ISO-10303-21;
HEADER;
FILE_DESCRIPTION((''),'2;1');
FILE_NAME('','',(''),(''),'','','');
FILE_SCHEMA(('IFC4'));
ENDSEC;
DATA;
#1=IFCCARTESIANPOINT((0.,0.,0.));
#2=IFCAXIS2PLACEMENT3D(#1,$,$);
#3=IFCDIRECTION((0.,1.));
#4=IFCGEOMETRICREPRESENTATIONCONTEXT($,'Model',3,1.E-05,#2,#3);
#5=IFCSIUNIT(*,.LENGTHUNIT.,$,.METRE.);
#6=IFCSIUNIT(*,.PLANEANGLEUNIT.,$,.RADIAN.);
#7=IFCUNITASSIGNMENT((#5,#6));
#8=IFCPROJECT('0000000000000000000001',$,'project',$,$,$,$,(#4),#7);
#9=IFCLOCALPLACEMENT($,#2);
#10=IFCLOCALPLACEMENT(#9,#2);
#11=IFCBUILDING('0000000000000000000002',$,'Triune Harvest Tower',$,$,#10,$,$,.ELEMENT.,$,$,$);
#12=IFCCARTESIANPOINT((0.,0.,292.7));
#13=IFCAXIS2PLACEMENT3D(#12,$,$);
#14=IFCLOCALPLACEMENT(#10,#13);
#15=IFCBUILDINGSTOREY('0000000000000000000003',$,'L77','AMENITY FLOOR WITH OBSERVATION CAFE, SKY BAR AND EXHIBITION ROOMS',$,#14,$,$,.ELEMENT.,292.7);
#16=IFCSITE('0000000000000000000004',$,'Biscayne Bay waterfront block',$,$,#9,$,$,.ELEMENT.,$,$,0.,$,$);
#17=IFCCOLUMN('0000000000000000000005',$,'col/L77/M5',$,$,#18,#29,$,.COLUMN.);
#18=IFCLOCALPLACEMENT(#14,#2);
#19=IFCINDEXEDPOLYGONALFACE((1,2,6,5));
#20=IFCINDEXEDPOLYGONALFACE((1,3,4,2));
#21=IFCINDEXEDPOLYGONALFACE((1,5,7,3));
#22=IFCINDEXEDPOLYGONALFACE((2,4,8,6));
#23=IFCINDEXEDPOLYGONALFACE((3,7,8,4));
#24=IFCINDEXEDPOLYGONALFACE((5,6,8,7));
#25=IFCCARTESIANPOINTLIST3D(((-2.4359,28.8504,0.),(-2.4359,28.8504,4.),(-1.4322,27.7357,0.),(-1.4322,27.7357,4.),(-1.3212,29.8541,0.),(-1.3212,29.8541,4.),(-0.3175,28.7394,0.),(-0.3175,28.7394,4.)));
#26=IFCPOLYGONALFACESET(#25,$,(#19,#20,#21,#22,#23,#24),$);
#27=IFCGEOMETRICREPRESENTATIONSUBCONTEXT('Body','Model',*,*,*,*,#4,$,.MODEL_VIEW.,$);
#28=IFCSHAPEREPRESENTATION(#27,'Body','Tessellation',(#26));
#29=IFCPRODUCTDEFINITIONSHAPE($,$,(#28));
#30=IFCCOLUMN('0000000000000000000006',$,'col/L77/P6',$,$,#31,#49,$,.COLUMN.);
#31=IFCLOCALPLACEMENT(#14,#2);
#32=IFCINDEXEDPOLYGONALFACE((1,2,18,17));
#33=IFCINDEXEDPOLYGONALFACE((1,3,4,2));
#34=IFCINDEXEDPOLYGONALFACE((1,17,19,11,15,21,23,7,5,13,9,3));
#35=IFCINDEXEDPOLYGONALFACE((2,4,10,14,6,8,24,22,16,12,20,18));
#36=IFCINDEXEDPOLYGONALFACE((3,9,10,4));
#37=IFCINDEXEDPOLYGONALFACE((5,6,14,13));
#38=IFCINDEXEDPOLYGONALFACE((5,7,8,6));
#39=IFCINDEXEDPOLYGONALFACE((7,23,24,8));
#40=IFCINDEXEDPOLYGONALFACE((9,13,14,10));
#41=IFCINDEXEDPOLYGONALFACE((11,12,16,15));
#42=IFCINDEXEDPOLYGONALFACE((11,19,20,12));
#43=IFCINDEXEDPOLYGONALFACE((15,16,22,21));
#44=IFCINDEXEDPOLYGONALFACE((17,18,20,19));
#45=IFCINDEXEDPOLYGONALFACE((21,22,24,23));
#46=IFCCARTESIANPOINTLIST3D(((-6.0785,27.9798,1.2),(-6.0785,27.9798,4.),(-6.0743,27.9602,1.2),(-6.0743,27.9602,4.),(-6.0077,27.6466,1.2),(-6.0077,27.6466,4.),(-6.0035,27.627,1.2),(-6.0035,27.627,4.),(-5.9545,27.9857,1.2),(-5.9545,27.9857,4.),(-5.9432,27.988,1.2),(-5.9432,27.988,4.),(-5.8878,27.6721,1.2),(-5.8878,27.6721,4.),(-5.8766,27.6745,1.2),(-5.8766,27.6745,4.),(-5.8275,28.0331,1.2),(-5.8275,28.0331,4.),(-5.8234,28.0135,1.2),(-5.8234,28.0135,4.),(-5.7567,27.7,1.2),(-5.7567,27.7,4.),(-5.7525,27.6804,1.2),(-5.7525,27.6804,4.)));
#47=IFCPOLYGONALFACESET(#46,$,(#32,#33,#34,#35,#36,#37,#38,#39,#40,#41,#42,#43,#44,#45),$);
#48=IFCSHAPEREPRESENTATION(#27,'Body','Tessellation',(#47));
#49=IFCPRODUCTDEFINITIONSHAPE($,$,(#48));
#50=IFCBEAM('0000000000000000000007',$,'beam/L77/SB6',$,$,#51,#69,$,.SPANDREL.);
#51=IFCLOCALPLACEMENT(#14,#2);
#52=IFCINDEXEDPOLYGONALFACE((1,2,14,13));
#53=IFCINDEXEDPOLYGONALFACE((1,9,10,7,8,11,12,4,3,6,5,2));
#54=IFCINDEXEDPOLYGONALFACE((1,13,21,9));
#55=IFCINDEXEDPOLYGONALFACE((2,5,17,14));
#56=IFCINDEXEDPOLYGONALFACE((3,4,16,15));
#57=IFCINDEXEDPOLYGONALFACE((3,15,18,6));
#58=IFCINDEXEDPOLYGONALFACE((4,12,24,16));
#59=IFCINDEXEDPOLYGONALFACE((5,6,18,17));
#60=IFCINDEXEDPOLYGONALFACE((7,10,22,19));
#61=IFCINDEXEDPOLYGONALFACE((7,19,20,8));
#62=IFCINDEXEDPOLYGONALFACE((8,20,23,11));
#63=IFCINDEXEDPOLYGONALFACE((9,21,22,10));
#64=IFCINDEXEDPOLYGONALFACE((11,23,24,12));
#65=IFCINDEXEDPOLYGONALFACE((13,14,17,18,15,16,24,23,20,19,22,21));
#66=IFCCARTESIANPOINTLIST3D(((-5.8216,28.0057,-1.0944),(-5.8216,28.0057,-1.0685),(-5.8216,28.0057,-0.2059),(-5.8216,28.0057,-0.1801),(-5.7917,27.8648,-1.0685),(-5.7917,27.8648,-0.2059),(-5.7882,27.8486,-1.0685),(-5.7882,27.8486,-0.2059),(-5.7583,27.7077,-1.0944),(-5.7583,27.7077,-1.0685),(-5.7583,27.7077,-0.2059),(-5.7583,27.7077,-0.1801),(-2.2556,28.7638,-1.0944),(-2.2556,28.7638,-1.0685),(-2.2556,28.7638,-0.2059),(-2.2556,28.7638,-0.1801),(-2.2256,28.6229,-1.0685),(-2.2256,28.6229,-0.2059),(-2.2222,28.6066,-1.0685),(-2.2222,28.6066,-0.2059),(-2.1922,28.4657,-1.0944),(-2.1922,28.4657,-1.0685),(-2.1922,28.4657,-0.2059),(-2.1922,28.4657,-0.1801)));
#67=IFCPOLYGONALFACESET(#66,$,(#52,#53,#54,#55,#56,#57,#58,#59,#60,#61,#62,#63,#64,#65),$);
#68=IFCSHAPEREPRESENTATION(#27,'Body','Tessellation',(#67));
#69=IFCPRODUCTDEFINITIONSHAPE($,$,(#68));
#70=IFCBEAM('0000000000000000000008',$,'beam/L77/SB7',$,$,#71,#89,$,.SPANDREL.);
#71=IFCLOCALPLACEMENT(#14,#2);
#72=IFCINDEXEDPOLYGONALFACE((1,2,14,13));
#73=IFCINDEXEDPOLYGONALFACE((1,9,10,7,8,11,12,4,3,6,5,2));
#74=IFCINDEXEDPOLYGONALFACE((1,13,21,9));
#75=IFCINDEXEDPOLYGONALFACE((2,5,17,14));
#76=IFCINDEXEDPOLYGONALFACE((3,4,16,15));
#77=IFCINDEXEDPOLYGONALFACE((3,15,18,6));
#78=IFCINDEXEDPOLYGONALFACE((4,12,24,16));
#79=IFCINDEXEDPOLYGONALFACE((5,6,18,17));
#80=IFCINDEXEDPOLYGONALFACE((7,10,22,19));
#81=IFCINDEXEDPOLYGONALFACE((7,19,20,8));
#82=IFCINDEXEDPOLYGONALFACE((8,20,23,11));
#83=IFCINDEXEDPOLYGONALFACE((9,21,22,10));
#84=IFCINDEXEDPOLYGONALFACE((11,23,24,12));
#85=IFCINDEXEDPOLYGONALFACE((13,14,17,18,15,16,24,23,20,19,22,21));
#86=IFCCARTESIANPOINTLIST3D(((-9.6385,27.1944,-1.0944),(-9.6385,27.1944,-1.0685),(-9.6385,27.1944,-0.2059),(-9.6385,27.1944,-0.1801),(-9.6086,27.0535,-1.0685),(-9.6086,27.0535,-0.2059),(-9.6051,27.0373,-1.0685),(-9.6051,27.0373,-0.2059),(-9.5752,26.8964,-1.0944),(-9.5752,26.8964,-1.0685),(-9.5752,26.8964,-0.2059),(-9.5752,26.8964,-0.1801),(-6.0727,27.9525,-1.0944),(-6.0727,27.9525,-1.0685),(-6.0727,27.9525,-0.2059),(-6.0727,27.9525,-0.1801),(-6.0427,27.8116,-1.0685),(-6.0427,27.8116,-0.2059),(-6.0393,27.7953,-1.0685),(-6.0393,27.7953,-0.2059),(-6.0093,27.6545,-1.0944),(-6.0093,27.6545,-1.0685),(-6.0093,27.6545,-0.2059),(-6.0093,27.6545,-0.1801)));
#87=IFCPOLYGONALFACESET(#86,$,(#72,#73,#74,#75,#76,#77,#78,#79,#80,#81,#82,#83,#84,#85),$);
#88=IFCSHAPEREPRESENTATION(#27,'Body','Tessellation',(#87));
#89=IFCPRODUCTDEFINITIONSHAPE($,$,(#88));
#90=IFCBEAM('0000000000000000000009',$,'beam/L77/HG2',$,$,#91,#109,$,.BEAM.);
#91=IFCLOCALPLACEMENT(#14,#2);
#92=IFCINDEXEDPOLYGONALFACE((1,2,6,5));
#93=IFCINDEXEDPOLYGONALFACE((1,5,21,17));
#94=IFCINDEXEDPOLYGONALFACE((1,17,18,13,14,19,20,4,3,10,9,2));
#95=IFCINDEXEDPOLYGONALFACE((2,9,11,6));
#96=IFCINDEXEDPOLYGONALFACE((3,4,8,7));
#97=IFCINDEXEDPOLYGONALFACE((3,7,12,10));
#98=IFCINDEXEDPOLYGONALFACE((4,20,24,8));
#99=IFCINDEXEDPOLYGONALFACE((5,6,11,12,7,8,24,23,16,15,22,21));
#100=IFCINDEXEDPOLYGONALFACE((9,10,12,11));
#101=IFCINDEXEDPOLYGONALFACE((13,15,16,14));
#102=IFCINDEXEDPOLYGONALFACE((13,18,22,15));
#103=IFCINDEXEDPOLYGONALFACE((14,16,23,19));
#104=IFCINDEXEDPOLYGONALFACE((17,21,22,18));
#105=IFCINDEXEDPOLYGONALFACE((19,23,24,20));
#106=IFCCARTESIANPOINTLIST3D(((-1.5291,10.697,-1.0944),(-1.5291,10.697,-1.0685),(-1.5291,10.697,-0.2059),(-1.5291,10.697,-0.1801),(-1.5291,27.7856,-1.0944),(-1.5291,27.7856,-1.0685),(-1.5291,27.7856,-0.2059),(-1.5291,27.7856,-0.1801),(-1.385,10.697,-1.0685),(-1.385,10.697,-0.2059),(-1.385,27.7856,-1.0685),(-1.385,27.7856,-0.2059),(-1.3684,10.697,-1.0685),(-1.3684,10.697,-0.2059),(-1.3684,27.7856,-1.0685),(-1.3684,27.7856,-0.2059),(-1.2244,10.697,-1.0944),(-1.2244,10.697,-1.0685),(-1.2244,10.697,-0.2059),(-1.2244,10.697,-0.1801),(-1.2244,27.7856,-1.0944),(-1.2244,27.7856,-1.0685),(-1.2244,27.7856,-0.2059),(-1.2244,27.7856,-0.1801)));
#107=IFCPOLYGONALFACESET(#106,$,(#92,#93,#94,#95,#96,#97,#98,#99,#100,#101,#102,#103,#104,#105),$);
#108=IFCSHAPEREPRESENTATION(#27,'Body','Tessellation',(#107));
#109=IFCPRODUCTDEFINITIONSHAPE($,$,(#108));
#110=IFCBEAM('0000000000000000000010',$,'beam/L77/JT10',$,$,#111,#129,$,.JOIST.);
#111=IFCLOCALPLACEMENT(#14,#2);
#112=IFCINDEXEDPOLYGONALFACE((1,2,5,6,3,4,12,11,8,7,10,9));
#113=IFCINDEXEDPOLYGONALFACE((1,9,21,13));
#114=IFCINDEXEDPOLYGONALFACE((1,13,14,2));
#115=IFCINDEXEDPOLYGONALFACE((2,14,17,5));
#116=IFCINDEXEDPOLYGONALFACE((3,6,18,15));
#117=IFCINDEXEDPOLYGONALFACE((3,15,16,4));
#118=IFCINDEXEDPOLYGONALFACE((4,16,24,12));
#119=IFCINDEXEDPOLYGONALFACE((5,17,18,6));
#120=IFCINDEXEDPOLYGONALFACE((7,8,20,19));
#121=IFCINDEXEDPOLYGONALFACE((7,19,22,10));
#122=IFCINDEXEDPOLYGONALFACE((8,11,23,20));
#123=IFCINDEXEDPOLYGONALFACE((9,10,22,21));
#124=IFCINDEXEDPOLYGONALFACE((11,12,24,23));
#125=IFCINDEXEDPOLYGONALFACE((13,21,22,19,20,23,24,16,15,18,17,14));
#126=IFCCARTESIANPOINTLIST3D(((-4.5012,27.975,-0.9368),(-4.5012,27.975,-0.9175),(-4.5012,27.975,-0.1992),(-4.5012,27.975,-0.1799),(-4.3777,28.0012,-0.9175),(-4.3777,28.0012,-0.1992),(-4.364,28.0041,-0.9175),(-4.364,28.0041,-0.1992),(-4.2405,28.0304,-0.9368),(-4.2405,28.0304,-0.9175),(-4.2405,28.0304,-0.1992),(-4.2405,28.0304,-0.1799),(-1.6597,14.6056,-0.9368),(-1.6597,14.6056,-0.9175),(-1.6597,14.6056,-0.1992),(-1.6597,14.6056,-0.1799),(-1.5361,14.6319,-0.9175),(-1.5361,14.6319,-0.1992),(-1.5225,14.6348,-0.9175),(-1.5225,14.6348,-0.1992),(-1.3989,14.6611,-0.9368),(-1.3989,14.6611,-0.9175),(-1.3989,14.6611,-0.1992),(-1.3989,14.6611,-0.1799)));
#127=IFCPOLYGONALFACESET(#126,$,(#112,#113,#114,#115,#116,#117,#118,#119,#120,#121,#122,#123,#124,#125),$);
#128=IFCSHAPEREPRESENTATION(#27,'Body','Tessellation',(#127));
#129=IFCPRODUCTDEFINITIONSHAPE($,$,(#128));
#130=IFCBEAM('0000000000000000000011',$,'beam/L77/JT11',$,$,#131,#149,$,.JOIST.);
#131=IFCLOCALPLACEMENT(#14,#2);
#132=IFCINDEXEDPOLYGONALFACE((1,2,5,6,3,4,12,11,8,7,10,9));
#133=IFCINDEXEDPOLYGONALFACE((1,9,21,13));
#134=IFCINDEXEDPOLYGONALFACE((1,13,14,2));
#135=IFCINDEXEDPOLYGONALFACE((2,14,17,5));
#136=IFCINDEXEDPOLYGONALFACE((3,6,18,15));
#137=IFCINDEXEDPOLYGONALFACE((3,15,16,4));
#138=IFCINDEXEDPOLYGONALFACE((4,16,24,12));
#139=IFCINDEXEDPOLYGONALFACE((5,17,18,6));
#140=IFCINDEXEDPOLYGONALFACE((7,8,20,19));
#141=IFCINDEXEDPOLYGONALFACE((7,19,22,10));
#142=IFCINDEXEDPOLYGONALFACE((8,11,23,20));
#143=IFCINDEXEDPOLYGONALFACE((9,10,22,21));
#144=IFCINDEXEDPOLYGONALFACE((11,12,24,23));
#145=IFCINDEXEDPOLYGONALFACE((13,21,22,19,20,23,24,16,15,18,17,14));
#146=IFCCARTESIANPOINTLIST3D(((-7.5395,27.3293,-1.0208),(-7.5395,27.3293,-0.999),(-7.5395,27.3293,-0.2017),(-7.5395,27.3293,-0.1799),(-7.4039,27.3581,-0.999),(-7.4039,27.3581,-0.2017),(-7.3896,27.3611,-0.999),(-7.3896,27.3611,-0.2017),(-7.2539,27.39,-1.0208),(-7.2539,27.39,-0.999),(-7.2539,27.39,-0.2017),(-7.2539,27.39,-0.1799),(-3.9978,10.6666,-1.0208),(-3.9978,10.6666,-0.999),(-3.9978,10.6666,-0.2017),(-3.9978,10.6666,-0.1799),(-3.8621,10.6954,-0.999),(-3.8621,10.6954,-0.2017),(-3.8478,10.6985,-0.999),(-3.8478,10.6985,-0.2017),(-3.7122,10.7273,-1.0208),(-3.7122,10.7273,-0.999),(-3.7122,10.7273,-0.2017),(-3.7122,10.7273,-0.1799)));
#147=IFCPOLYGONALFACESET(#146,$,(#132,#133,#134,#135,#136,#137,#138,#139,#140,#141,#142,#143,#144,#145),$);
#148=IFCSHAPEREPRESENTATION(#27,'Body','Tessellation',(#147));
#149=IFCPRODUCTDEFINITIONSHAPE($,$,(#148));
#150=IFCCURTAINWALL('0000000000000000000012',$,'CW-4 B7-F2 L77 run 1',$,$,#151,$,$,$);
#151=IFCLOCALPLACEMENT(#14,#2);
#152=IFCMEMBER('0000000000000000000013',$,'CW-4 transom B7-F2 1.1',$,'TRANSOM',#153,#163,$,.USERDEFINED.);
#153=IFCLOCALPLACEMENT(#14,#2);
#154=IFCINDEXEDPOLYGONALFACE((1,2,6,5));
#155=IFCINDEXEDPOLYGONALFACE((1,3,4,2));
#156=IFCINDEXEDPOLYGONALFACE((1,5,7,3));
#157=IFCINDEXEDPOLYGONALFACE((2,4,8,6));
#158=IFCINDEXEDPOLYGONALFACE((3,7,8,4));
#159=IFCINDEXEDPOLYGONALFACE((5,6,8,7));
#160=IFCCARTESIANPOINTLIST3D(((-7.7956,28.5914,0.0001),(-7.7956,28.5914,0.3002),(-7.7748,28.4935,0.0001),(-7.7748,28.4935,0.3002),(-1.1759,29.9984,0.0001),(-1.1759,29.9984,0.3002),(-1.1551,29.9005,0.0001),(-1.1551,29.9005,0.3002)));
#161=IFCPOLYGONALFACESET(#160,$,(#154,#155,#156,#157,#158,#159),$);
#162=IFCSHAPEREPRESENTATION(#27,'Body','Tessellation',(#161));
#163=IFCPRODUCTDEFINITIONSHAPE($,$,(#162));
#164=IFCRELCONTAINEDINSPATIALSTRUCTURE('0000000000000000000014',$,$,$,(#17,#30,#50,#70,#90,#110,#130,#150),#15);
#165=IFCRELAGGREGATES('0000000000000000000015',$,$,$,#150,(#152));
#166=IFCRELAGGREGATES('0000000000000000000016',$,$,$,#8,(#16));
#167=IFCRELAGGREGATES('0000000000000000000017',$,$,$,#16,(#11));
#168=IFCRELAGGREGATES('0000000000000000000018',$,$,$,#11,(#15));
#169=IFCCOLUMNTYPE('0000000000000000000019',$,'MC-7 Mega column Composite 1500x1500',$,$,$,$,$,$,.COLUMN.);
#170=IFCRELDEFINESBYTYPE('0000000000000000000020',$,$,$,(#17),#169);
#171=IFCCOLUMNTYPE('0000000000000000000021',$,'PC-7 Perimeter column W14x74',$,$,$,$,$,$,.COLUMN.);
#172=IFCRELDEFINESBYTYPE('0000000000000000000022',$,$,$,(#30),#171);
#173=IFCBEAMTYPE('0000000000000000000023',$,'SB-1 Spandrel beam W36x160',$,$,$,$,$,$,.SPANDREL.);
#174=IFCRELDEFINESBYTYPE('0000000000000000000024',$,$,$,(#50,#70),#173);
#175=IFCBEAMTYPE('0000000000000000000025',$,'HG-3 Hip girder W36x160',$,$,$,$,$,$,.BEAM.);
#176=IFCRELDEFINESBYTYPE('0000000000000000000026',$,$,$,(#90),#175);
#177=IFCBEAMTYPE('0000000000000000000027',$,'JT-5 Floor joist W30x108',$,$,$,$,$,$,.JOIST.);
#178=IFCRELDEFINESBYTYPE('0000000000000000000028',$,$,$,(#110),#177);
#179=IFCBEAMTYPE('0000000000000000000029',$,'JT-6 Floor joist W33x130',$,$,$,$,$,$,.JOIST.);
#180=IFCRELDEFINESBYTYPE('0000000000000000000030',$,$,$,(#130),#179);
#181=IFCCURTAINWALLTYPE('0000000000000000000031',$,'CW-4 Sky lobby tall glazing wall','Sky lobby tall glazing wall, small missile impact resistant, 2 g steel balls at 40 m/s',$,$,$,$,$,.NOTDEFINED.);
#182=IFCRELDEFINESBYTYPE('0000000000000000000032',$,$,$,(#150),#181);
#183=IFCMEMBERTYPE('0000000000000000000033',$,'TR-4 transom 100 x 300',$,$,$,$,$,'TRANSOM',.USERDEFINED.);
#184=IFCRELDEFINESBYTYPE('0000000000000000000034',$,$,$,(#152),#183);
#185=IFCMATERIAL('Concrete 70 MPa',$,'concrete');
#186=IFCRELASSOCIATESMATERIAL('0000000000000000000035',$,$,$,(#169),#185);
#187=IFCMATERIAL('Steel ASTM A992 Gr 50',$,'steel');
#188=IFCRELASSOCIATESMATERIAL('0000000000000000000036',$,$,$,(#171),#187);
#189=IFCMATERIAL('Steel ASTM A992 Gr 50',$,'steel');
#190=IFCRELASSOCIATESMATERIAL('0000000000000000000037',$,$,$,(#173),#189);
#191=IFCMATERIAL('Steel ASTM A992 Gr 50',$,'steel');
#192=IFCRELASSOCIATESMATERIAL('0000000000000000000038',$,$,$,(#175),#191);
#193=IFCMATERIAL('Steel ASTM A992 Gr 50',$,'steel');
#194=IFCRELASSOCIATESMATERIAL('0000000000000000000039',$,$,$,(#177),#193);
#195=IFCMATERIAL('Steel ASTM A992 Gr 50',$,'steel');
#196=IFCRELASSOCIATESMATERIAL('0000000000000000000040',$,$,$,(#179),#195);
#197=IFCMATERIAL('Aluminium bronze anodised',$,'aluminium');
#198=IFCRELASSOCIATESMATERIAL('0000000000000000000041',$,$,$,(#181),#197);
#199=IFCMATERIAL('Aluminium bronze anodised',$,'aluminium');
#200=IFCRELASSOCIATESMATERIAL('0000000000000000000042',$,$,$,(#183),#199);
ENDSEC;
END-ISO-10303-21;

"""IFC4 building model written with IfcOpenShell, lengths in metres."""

from ifc_helpers import new_model, si_unit, direction, frame, origin, origin_2d, place, context, subcontext, project, spatial, rectangle, i_section, extrude, source, transform, mapped, material, material_profile, profile_set, type_object, element, aggregate, save


model = new_model("IFC4")

# Units and contexts
model_context = context("Model", 3, precision=1e-05, world=origin(), true_north=direction((0.0, 1.0)))
body_context = subcontext(model_context, "Body", "Model", "MODEL_VIEW")
ifc_project = project(units=[si_unit("LENGTHUNIT", "METRE"), si_unit("PLANEANGLEUNIT", "RADIAN")], contexts=[model_context])

# Site, building, storey
site_placement = place(None, origin())
site = spatial("IfcSite", under=ifc_project, at=site_placement, Name="Biscayne Bay waterfront block", CompositionType="ELEMENT", RefElevation=0.0)
building_placement = place(site_placement, origin())
building = spatial("IfcBuilding", under=site, at=building_placement, Name="Triune Harvest Tower", CompositionType="ELEMENT")
storey_placement = place(building_placement, frame((0.0, 0.0, 292.7)))
storey = spatial("IfcBuildingStorey", under=building, at=storey_placement, Name="L77", Description="AMENITY FLOOR WITH OBSERVATION CAFE, SKY BAR AND EXHIBITION ROOMS", CompositionType="ELEMENT", Elevation=292.7)

# Columns
ifc_material_1 = material(Name="Concrete 70 MPa", Category="concrete")
ifc_material_profile_1 = material_profile(ifc_material_1, rectangle(XDim=1.5, YDim=1.5, at=origin_2d()), Name="Composite 1500x1500")
ifc_profile_set_1 = profile_set([ifc_material_profile_1], Name="Concrete 70 MPa")
column_type_1 = type_object("IfcColumnType", Name="MC-7 Mega column Composite 1500x1500", PredefinedType="COLUMN", material=ifc_profile_set_1)
shared_shape_1 = source(origin(), body_context, "Body", "SweptSolid", [
    extrude(rectangle(XDim=1.5, YDim=1.5, at=origin_2d()), origin(), (0.0, 0.0, 1.0), 4.0),
])
column_1_placement = place(storey_placement, frame((-1.3767, 28.7949, 0.0), z_axis=(0.0, 0.0, 1.0), x_axis=(-0.669131, 0.743145, 0.0)))
element("IfcColumn", 1, at=column_1_placement, inside=storey, type_object=column_type_1, Name="col/L77/M5", PredefinedType="COLUMN", context=body_context, shape_type="MappedRepresentation", body=[
    mapped(shared_shape_1, transform((0.0, 0.0, 0.0), scale=1.0)),
])
ifc_material_2 = material(Name="Steel ASTM A992 Gr 50", Category="steel")
ifc_material_profile_2 = material_profile(ifc_material_2, i_section(OverallWidth=0.2566, OverallDepth=0.3606, WebThickness=0.0115, FlangeThickness=0.02, at=origin_2d()), Name="W14x74")
ifc_profile_set_2 = profile_set([ifc_material_profile_2], Name="Steel ASTM A992 Gr 50")
column_type_2 = type_object("IfcColumnType", Name="PC-7 Perimeter column W14x74", PredefinedType="COLUMN", material=ifc_profile_set_2)
shared_shape_2 = source(origin(), body_context, "Body", "SweptSolid", [
    extrude(i_section(OverallWidth=0.2566, OverallDepth=0.3606, WebThickness=0.0115, FlangeThickness=0.02, at=origin_2d()), origin(), (0.0, 0.0, 1.0), 2.8),
])
column_2_placement = place(storey_placement, frame((-5.9155, 27.8301, 1.2), z_axis=(0.0, 0.0, 1.0), x_axis=(-0.978148, -0.207912, 0.0)))
element("IfcColumn", 2, at=column_2_placement, inside=storey, type_object=column_type_2, Name="col/L77/P6", PredefinedType="COLUMN", context=body_context, shape_type="MappedRepresentation", body=[
    mapped(shared_shape_2, transform((0.0, 0.0, 0.0), scale=1.0)),
])

# Beams
ifc_material_3 = material(Name="Steel ASTM A992 Gr 50", Category="steel")
ifc_material_profile_3 = material_profile(ifc_material_3, i_section(OverallWidth=0.3047, OverallDepth=0.9143, WebThickness=0.0166, FlangeThickness=0.0259, at=origin_2d()), Name="W36x160")
ifc_profile_set_3 = profile_set([ifc_material_profile_3], Name="Steel ASTM A992 Gr 50")
beam_type_1 = type_object("IfcBeamType", Name="SB-1 Spandrel beam W36x160", PredefinedType="SPANDREL", material=ifc_profile_set_3)
shared_shape_3 = source(origin(), body_context, "Body", "SweptSolid", [
    extrude(i_section(OverallWidth=0.3047, OverallDepth=0.9143, WebThickness=0.0166, FlangeThickness=0.0259, at=origin_2d()), origin(), (0.0, 0.0, 1.0), 3.6458),
])
beam_1_placement = place(storey_placement, frame((-2.2239, 28.6147, -0.6372), z_axis=(-0.978145, -0.207924, 0.0), x_axis=(0.207924, -0.978145, 0.0)))
element("IfcBeam", 3, at=beam_1_placement, inside=storey, type_object=beam_type_1, Name="beam/L77/SB6", PredefinedType="SPANDREL", context=body_context, shape_type="MappedRepresentation", body=[
    mapped(shared_shape_3, transform((0.0, 0.0, 0.0), scale=1.0)),
])
shared_shape_4 = source(origin(), body_context, "Body", "SweptSolid", [
    extrude(i_section(OverallWidth=0.3047, OverallDepth=0.9143, WebThickness=0.0166, FlangeThickness=0.0259, at=origin_2d()), origin(), (0.0, 0.0, 1.0), 3.6455),
])
beam_2_placement = place(storey_placement, frame((-6.041, 27.8035, -0.6372), z_axis=(-0.978142, -0.207937, 0.0), x_axis=(0.207937, -0.978142, 0.0)))
element("IfcBeam", 4, at=beam_2_placement, inside=storey, type_object=beam_type_1, Name="beam/L77/SB7", PredefinedType="SPANDREL", context=body_context, shape_type="MappedRepresentation", body=[
    mapped(shared_shape_4, transform((0.0, 0.0, 0.0), scale=1.0)),
])
ifc_material_4 = material(Name="Steel ASTM A992 Gr 50", Category="steel")
ifc_material_profile_4 = material_profile(ifc_material_4, i_section(OverallWidth=0.3047, OverallDepth=0.9143, WebThickness=0.0166, FlangeThickness=0.0259, at=origin_2d()), Name="W36x160")
ifc_profile_set_4 = profile_set([ifc_material_profile_4], Name="Steel ASTM A992 Gr 50")
beam_type_2 = type_object("IfcBeamType", Name="HG-3 Hip girder W36x160", PredefinedType="BEAM", material=ifc_profile_set_4)
shared_shape_5 = source(origin(), body_context, "Body", "SweptSolid", [
    extrude(i_section(OverallWidth=0.3047, OverallDepth=0.9143, WebThickness=0.0166, FlangeThickness=0.0259, at=origin_2d()), origin(), (0.0, 0.0, 1.0), 17.0886),
])
beam_3_placement = place(storey_placement, frame((-1.3767, 27.7856, -0.6372), z_axis=(0.0, -1.0, 0.0), x_axis=(1.0, 0.0, 0.0)))
element("IfcBeam", 5, at=beam_3_placement, inside=storey, type_object=beam_type_2, Name="beam/L77/HG2", PredefinedType="BEAM", context=body_context, shape_type="MappedRepresentation", body=[
    mapped(shared_shape_5, transform((0.0, 0.0, 0.0), scale=1.0)),
])
ifc_material_5 = material(Name="Steel ASTM A992 Gr 50", Category="steel")
ifc_material_profile_5 = material_profile(ifc_material_5, i_section(OverallWidth=0.2666, OverallDepth=0.7568, WebThickness=0.0139, FlangeThickness=0.0193, at=origin_2d()), Name="W30x108")
ifc_profile_set_5 = profile_set([ifc_material_profile_5], Name="Steel ASTM A992 Gr 50")
beam_type_3 = type_object("IfcBeamType", Name="JT-5 Floor joist W30x108", PredefinedType="JOIST", material=ifc_profile_set_5)
shared_shape_6 = source(origin(), body_context, "Body", "SweptSolid", [
    extrude(i_section(OverallWidth=0.2666, OverallDepth=0.7568, WebThickness=0.0139, FlangeThickness=0.0193, at=origin_2d()), origin(), (0.0, 0.0, 1.0), 13.668),
])
beam_4_placement = place(storey_placement, frame((-4.3708, 28.0027, -0.5583), z_axis=(0.207898, -0.978151, 0.0), x_axis=(0.978151, 0.207898, 0.0)))
element("IfcBeam", 6, at=beam_4_placement, inside=storey, type_object=beam_type_3, Name="beam/L77/JT10", PredefinedType="JOIST", context=body_context, shape_type="MappedRepresentation", body=[
    mapped(shared_shape_6, transform((0.0, 0.0, 0.0), scale=1.0)),
])
ifc_material_6 = material(Name="Steel ASTM A992 Gr 50", Category="steel")
ifc_material_profile_6 = material_profile(ifc_material_6, i_section(OverallWidth=0.292, OverallDepth=0.8408, WebThickness=0.0146, FlangeThickness=0.0217, at=origin_2d()), Name="W33x130")
ifc_profile_set_6 = profile_set([ifc_material_profile_6], Name="Steel ASTM A992 Gr 50")
beam_type_4 = type_object("IfcBeamType", Name="JT-6 Floor joist W33x130", PredefinedType="JOIST", material=ifc_profile_set_6)
shared_shape_7 = source(origin(), body_context, "Body", "SweptSolid", [
    extrude(i_section(OverallWidth=0.292, OverallDepth=0.8408, WebThickness=0.0146, FlangeThickness=0.0217, at=origin_2d()), origin(), (0.0, 0.0, 1.0), 17.0349),
])
beam_5_placement = place(storey_placement, frame((-7.3967, 27.3596, -0.6003), z_axis=(0.207912, -0.978148, 0.0), x_axis=(0.978148, 0.207912, 0.0)))
element("IfcBeam", 7, at=beam_5_placement, inside=storey, type_object=beam_type_4, Name="beam/L77/JT11", PredefinedType="JOIST", context=body_context, shape_type="MappedRepresentation", body=[
    mapped(shared_shape_7, transform((0.0, 0.0, 0.0), scale=1.0)),
])

# Curtain wall, member
ifc_material_7 = material(Name="Aluminium bronze anodised", Category="aluminium")
curtain_wall_type_1 = type_object("IfcCurtainWallType", Name="CW-4 Sky lobby tall glazing wall", Description="Sky lobby tall glazing wall, small missile impact resistant, 2 g steel balls at 40 m/s", PredefinedType="NOTDEFINED", material=ifc_material_7)
curtain_wall_1_placement = place(storey_placement, origin())
curtain_wall_1 = element("IfcCurtainWall", 8, at=curtain_wall_1_placement, inside=storey, type_object=curtain_wall_type_1, Name="CW-4 B7-F2 L77 run 1")
ifc_material_8 = material(Name="Aluminium bronze anodised", Category="aluminium")
ifc_material_profile_7 = material_profile(ifc_material_8, rectangle(XDim=0.1001, YDim=0.3, at=origin_2d()), Name="TR-4 transom 100 x 300")
ifc_profile_set_7 = profile_set([ifc_material_profile_7], Name="Aluminium bronze anodised")
member_type_1 = type_object("IfcMemberType", Name="TR-4 transom 100 x 300", ElementType="TRANSOM", PredefinedType="USERDEFINED", material=ifc_profile_set_7)
shared_shape_8 = source(origin(), body_context, "Body", "SweptSolid", [
    extrude(rectangle(XDim=0.1001, YDim=0.3, at=origin_2d()), origin(), (0.0, 0.0, 1.0), 6.7676),
])
member_1_placement = place(storey_placement, frame((-1.1655, 29.9495, 0.1501), z_axis=(-0.978149, -0.207903, 0.0), x_axis=(0.207903, -0.978149, 0.0)))
member_1 = element("IfcMember", 9, at=member_1_placement, type_object=member_type_1, Name="CW-4 transom B7-F2 1.1", ObjectType="TRANSOM", PredefinedType="USERDEFINED", context=body_context, shape_type="MappedRepresentation", body=[
    mapped(shared_shape_8, transform((0.0, 0.0, 0.0), scale=1.0)),
])

aggregate(curtain_wall_1, [member_1])

save(model, "model.ifc")
